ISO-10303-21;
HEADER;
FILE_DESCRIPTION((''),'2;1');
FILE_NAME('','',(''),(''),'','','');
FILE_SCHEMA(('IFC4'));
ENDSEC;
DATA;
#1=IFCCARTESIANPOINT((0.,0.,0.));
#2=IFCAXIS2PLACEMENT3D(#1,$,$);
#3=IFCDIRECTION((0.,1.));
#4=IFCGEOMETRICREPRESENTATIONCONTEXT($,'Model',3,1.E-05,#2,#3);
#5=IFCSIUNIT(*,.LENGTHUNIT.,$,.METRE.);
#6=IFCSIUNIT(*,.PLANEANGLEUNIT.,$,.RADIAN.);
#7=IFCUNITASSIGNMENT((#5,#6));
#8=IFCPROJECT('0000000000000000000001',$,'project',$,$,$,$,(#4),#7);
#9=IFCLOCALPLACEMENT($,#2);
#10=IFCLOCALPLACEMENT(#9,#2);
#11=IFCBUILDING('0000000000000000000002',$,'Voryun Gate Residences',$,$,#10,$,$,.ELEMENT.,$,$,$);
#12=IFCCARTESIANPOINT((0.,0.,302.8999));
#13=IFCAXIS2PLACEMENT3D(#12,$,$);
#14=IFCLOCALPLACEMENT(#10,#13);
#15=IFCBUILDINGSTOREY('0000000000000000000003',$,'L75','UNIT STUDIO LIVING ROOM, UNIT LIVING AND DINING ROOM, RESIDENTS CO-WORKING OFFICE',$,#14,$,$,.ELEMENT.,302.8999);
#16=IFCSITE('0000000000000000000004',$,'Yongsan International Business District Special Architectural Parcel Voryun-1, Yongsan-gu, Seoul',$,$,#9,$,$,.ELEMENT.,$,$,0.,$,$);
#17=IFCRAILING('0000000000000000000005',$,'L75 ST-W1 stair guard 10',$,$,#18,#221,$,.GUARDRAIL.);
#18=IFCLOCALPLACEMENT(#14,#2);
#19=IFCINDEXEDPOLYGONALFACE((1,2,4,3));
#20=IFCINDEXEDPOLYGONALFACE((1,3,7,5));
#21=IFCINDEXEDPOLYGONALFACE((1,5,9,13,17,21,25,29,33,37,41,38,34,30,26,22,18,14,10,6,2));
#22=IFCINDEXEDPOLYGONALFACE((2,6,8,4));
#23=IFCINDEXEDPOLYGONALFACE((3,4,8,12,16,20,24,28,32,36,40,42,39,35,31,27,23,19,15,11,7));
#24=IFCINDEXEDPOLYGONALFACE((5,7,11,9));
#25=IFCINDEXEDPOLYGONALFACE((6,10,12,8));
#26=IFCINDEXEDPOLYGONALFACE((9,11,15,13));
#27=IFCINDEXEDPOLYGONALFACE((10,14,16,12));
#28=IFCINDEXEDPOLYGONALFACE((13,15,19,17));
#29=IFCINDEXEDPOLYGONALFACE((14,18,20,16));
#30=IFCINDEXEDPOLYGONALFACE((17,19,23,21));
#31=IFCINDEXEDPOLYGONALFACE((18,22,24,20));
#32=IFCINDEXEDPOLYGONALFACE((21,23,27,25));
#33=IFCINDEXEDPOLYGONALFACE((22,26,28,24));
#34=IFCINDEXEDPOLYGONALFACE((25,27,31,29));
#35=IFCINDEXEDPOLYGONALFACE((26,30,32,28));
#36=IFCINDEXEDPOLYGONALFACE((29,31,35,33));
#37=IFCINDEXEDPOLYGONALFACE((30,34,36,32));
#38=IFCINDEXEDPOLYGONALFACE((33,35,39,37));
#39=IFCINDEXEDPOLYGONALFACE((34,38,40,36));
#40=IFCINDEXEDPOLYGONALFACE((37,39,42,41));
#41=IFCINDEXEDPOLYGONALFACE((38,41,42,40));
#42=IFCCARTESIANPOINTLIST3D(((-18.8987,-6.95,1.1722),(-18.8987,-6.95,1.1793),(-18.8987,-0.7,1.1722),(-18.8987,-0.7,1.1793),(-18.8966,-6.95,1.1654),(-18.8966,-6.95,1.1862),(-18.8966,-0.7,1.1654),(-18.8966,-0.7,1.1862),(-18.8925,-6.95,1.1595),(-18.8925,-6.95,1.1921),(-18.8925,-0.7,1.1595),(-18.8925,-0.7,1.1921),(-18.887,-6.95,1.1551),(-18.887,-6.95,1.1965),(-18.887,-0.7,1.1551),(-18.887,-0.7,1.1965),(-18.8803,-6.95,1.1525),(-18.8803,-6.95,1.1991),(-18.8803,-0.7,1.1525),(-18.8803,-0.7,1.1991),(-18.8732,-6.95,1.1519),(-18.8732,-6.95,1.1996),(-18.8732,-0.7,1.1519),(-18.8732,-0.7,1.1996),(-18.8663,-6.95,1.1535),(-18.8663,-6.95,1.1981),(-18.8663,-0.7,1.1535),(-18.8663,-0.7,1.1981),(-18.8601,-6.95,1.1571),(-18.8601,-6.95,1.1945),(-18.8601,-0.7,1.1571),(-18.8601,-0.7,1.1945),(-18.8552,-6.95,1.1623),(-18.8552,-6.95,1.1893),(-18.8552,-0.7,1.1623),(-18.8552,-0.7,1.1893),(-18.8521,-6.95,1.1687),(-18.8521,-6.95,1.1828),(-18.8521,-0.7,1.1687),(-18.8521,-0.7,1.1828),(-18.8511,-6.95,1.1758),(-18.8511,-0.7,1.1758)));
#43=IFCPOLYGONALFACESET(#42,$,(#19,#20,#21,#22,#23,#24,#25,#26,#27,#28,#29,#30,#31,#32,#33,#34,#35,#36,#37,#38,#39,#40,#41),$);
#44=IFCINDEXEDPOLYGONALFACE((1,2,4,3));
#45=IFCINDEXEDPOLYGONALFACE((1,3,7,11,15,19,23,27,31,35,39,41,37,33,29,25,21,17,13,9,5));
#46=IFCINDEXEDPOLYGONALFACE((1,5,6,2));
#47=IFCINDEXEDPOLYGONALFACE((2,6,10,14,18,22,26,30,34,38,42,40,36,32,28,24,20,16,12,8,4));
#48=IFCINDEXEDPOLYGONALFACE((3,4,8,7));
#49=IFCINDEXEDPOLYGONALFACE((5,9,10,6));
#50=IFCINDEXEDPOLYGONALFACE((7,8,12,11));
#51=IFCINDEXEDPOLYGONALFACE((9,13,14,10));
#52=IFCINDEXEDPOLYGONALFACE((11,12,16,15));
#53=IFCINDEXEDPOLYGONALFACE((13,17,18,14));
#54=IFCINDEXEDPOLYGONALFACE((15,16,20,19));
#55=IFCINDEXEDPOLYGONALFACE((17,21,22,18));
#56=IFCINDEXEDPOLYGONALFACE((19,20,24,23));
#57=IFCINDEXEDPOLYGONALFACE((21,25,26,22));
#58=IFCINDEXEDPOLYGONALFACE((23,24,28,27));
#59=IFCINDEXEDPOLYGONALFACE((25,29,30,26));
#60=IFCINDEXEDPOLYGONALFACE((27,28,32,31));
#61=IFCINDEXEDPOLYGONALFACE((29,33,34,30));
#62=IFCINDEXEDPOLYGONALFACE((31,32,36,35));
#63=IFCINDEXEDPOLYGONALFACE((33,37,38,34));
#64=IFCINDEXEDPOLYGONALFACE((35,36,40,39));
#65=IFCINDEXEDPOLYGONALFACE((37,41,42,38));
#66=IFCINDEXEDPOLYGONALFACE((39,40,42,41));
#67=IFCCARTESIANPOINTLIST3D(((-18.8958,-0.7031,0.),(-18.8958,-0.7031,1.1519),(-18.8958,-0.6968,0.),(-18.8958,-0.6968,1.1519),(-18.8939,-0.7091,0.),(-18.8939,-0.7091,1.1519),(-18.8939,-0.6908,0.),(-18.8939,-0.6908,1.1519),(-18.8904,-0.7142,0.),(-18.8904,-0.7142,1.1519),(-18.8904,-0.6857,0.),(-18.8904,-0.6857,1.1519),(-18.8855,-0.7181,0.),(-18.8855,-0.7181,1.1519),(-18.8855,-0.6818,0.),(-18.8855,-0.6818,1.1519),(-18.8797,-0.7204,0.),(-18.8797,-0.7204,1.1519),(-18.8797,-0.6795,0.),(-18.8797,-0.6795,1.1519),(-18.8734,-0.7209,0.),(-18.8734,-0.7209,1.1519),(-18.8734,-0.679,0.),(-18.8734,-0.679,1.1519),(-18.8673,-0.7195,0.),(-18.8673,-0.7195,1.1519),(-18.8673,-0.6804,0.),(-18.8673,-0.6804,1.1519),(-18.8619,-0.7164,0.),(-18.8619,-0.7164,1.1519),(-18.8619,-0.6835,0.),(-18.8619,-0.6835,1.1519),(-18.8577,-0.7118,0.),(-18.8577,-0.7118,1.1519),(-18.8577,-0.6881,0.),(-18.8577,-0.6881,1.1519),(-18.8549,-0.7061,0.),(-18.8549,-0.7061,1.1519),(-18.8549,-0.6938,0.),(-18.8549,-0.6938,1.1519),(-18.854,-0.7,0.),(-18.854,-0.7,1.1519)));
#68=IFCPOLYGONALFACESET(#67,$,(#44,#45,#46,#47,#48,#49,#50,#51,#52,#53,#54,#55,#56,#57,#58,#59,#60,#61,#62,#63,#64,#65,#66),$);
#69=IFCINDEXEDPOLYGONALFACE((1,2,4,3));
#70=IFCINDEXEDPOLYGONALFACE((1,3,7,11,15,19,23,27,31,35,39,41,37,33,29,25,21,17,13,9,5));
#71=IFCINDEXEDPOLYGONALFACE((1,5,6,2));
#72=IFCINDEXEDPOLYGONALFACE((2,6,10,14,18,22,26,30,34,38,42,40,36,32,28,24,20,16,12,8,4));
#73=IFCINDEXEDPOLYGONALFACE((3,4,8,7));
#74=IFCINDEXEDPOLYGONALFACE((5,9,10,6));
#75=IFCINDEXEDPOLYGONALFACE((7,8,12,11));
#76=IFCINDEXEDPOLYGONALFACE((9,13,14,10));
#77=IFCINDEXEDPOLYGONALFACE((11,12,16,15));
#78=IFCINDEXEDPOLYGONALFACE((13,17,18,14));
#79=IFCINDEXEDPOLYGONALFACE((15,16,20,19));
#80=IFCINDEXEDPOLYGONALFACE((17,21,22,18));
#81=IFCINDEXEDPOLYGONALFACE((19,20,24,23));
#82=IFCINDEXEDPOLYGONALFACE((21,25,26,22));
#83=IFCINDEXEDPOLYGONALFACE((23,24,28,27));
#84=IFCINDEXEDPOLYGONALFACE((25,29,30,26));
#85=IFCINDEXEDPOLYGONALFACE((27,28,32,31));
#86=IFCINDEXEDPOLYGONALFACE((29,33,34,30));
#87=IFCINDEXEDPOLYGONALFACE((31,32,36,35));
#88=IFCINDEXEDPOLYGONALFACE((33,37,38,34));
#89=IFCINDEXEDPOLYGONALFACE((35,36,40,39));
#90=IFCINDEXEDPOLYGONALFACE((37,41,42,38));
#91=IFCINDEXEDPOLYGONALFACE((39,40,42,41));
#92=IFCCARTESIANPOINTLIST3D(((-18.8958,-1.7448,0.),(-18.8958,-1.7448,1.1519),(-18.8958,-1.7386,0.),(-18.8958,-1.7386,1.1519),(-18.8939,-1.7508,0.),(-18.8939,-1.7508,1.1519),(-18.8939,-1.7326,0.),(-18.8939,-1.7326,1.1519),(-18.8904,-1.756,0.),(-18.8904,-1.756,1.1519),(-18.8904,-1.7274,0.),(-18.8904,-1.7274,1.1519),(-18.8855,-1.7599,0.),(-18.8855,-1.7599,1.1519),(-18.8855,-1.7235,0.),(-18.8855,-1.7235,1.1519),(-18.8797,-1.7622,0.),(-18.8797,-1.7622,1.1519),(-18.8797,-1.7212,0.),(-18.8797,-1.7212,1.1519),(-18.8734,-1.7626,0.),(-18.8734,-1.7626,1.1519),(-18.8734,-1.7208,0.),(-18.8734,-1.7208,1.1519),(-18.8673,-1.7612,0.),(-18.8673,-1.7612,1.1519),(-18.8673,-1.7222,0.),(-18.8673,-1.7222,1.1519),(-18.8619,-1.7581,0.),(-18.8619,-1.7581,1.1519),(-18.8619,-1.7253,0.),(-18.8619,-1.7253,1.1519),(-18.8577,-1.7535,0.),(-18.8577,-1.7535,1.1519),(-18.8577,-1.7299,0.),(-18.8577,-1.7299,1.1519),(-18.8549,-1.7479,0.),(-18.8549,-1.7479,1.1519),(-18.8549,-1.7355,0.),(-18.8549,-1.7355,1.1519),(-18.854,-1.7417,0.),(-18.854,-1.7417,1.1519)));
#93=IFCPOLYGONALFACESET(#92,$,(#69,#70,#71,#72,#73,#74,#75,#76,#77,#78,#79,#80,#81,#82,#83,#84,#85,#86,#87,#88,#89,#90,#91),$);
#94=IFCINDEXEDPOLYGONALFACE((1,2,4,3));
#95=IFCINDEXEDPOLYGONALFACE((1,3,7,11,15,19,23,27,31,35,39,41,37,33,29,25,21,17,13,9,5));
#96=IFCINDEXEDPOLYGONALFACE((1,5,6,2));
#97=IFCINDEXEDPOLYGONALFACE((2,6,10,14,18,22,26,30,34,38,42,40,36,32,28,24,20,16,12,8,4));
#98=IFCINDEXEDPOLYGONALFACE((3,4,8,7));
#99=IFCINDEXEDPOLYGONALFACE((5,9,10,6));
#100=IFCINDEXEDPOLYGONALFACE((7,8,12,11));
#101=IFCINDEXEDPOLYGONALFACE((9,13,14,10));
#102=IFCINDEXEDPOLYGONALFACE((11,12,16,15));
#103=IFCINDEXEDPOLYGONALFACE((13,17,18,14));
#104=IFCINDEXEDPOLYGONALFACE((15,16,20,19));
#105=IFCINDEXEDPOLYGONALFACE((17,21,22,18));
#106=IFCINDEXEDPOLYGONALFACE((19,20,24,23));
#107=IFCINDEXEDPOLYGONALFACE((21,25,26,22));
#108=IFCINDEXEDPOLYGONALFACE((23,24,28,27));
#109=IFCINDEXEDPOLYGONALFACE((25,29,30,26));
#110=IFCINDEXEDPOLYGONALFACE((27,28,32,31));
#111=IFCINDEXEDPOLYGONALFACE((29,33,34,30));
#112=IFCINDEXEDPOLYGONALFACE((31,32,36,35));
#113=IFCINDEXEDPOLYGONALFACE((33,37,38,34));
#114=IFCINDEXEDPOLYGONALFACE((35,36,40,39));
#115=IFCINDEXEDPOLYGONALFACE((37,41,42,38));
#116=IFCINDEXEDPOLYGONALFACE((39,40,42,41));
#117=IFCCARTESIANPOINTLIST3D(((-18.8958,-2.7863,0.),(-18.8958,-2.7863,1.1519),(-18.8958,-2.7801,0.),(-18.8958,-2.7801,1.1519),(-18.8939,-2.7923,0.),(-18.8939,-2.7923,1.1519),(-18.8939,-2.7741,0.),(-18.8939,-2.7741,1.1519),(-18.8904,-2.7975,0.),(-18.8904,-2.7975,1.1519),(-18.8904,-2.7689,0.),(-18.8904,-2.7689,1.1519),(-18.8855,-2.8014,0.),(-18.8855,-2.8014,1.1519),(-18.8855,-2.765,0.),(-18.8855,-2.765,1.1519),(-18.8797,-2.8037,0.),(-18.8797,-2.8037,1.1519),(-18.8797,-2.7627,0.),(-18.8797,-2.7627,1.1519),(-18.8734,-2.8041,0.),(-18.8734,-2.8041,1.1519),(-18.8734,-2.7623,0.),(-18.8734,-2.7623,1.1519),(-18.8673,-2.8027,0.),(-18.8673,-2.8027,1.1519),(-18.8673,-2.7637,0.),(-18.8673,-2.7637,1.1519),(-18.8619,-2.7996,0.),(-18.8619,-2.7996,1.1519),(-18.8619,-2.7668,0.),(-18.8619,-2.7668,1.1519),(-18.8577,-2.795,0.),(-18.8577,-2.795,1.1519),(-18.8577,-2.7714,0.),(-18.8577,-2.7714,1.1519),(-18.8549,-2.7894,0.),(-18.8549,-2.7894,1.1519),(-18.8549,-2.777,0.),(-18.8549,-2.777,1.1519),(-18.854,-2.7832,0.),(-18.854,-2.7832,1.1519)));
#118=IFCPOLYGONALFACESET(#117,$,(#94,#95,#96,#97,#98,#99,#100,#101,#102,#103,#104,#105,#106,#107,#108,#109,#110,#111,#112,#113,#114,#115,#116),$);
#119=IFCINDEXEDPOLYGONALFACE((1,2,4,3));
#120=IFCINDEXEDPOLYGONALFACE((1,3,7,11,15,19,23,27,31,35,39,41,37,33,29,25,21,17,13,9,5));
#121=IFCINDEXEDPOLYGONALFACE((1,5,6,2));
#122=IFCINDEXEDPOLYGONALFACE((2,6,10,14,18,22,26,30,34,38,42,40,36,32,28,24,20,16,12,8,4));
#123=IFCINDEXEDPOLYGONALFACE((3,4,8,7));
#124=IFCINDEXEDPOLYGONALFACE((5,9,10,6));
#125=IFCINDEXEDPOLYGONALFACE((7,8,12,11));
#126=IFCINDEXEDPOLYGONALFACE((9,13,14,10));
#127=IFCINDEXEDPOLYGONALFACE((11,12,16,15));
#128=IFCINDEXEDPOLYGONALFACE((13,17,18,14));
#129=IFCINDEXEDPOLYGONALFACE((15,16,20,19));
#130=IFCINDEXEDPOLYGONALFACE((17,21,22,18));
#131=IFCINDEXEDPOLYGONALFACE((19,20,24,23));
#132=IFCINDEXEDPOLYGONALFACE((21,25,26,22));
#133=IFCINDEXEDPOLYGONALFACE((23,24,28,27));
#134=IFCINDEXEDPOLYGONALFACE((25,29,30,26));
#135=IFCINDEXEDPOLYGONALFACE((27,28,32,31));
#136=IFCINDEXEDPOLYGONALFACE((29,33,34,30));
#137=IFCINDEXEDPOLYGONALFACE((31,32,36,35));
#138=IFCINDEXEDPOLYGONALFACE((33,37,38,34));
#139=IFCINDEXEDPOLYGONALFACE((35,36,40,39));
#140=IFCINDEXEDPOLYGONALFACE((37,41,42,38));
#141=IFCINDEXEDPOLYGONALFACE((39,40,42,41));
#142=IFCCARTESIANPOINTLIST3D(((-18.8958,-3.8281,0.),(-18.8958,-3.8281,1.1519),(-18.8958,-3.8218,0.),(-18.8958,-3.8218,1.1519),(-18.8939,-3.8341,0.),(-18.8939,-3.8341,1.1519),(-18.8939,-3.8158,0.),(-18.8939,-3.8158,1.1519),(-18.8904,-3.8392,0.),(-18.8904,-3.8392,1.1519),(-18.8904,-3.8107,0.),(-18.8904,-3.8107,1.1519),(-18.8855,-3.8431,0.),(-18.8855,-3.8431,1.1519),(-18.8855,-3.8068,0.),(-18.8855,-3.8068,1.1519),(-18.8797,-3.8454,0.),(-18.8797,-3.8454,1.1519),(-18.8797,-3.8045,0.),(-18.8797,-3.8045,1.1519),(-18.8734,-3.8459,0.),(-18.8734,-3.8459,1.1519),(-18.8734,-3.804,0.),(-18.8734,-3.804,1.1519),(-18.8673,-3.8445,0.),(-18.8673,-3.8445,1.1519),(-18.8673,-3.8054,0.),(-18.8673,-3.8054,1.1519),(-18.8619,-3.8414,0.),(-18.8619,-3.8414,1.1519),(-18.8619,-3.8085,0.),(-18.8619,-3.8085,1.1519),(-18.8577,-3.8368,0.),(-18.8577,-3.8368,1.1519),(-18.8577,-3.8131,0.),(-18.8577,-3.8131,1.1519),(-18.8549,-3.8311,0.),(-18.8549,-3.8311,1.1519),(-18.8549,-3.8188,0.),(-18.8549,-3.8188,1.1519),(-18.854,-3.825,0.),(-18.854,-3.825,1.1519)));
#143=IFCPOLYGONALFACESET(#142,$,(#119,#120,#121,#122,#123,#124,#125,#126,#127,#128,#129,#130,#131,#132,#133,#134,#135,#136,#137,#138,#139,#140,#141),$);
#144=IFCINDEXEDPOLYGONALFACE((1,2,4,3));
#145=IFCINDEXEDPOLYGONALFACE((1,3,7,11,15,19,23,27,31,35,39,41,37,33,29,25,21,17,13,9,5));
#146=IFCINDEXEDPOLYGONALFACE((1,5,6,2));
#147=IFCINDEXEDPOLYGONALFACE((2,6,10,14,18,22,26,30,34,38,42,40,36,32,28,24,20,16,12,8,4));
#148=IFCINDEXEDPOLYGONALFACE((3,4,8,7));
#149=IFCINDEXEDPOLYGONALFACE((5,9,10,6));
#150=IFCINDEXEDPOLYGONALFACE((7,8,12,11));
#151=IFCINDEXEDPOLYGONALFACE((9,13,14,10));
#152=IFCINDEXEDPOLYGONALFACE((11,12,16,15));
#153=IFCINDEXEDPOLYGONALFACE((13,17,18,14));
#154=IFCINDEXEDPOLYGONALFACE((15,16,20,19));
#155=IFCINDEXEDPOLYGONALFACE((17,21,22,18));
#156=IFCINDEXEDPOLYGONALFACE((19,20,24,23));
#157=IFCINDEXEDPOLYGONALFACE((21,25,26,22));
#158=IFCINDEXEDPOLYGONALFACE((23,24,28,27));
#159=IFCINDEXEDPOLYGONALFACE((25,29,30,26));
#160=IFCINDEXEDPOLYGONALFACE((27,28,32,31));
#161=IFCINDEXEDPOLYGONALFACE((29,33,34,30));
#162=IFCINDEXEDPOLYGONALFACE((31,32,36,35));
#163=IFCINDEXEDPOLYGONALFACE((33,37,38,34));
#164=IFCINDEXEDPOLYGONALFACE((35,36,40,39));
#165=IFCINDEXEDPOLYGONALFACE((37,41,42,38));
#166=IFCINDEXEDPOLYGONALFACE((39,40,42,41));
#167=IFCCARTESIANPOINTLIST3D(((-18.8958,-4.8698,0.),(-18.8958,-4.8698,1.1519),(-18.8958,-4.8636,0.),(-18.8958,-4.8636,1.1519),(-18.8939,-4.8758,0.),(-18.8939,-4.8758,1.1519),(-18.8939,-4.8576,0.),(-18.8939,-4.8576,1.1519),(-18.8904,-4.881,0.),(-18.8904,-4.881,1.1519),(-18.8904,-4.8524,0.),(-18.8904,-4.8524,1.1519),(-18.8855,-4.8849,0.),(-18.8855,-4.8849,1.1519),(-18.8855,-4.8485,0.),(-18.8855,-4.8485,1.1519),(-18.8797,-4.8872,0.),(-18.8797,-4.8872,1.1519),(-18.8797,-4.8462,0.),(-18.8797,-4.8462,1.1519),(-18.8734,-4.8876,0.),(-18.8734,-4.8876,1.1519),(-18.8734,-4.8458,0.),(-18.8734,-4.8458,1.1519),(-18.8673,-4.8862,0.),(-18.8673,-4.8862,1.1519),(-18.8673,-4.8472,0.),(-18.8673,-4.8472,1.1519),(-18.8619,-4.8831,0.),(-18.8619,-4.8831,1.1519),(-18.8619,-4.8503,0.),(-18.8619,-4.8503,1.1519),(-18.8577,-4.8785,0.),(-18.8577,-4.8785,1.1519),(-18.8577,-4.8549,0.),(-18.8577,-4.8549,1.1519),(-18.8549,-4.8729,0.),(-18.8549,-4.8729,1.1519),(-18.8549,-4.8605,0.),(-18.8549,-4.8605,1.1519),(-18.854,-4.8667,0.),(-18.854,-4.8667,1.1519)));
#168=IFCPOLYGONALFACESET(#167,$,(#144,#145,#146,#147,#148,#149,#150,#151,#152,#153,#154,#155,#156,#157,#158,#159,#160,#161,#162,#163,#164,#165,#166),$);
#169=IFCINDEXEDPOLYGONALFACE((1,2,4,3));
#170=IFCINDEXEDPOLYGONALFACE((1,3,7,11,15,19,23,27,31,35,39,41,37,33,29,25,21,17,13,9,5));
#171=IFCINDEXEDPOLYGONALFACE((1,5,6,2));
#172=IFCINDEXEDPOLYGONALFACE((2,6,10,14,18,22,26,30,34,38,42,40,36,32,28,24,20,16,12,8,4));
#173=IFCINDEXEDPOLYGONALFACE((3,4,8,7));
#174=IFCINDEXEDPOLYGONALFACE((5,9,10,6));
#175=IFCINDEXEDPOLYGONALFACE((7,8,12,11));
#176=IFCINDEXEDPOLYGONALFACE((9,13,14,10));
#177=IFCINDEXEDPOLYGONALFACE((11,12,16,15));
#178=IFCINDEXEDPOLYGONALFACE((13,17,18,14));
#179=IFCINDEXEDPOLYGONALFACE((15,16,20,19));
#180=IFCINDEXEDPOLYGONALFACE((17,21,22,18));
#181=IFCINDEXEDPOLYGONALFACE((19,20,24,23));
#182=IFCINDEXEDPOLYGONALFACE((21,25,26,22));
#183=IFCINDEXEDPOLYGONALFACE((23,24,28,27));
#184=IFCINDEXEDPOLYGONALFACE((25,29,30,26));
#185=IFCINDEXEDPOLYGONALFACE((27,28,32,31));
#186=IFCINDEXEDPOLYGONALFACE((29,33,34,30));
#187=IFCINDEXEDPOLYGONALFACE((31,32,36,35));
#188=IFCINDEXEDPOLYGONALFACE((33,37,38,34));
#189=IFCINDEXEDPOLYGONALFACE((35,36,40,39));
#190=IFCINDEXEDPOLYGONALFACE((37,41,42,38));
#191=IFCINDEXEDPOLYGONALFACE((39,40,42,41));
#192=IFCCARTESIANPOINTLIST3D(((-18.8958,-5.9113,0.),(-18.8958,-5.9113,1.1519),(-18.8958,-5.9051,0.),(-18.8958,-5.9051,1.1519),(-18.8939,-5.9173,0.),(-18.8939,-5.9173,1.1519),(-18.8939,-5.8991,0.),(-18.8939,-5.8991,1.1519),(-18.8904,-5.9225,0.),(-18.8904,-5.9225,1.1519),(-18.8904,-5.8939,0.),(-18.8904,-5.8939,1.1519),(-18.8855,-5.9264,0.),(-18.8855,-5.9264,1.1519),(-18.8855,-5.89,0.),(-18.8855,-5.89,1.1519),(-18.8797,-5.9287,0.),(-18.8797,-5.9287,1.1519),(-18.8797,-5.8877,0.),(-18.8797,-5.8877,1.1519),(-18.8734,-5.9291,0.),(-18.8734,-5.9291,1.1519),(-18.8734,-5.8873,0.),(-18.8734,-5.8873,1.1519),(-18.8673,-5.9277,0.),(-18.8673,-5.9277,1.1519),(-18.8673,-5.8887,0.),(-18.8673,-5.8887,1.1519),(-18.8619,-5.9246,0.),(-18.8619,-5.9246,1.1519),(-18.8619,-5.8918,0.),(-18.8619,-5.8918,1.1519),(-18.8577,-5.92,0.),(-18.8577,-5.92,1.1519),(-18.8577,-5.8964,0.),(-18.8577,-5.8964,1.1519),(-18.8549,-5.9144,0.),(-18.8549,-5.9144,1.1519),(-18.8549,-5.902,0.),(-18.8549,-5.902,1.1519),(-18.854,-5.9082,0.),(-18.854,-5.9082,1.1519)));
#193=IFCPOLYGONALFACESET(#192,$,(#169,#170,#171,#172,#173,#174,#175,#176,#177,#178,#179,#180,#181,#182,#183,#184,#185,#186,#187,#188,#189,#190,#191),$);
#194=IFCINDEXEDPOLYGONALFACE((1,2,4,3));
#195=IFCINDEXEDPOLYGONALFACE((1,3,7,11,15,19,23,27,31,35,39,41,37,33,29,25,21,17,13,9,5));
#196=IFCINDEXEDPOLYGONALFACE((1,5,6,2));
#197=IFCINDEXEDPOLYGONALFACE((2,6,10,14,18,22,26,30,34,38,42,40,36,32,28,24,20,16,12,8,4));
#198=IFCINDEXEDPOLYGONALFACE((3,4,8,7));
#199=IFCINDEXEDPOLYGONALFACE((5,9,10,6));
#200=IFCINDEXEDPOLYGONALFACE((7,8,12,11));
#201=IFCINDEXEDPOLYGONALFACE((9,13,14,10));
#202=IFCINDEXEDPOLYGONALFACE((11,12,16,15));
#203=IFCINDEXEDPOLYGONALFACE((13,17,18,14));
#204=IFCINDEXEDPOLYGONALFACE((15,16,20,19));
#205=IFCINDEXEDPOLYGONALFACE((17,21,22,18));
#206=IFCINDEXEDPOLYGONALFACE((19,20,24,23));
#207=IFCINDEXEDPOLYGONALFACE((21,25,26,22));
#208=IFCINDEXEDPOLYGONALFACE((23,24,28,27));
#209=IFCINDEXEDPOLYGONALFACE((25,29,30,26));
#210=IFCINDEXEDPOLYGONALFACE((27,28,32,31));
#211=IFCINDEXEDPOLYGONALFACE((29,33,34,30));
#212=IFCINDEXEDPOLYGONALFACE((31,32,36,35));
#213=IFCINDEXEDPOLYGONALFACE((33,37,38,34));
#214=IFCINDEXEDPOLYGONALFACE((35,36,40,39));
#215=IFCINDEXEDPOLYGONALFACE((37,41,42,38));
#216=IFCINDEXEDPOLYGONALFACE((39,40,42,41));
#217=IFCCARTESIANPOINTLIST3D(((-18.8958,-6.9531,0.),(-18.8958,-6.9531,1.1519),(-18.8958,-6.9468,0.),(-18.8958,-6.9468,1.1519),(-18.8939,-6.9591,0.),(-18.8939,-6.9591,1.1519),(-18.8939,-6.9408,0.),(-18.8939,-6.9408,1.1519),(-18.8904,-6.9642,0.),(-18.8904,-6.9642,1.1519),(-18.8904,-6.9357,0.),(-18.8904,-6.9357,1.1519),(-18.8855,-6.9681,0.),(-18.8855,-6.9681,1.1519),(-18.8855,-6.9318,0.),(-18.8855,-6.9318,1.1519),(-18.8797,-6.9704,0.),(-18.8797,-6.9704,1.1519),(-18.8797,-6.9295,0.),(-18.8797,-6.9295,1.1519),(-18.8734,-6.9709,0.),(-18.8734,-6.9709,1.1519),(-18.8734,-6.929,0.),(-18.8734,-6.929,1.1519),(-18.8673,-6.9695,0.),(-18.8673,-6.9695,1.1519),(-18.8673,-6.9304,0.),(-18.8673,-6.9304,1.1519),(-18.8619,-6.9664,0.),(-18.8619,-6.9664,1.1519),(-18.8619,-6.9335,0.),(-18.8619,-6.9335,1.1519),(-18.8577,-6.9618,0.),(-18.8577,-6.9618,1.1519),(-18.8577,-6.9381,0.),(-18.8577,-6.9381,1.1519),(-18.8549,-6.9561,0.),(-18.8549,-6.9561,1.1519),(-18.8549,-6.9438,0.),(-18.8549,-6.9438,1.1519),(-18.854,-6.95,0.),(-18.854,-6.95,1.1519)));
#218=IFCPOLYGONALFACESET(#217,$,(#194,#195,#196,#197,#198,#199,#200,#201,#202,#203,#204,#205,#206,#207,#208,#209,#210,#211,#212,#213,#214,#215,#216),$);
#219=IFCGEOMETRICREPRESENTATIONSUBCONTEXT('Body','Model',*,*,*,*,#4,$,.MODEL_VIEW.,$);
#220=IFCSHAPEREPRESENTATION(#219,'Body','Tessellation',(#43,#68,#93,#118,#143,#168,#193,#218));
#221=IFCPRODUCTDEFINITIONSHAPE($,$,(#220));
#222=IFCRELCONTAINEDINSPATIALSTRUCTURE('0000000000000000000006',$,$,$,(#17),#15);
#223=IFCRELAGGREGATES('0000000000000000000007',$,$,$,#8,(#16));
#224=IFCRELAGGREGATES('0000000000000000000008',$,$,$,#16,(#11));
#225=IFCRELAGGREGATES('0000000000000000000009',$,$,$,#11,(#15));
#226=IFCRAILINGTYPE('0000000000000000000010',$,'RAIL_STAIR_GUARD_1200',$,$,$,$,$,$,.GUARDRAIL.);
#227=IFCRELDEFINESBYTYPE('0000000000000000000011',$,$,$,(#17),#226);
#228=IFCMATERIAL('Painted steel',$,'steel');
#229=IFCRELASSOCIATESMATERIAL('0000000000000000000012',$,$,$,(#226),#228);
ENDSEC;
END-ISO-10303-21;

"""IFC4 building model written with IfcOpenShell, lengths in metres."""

from ifc_helpers import new_model, si_unit, direction, frame, origin, origin_2d, place, context, subcontext, project, spatial, circle, extrude, material, type_object, element, save


model = new_model("IFC4")

# Units and contexts
model_context = context("Model", 3, precision=1e-05, world=origin(), true_north=direction((0.0, 1.0)))
body_context = subcontext(model_context, "Body", "Model", "MODEL_VIEW")
ifc_project = project(units=[si_unit("LENGTHUNIT", "METRE"), si_unit("PLANEANGLEUNIT", "RADIAN")], contexts=[model_context])

# Site, building, storey
site_placement = place(None, origin())
site = spatial("IfcSite", under=ifc_project, at=site_placement, Name="Yongsan International Business District Special Architectural Parcel Voryun-1, Yongsan-gu, Seoul", CompositionType="ELEMENT", RefElevation=0.0)
building_placement = place(site_placement, origin())
building = spatial("IfcBuilding", under=site, at=building_placement, Name="Voryun Gate Residences", CompositionType="ELEMENT")
storey_placement = place(building_placement, frame((0.0, 0.0, 302.8999)))
storey = spatial("IfcBuildingStorey", under=building, at=storey_placement, Name="L75", Description="UNIT STUDIO LIVING ROOM, UNIT LIVING AND DINING ROOM, RESIDENTS CO-WORKING OFFICE", CompositionType="ELEMENT", Elevation=302.8999)

# Railing
ifc_material_1 = material(Name="Painted steel", Category="steel")
railing_type = type_object("IfcRailingType", Name="RAIL_STAIR_GUARD_1200", PredefinedType="GUARDRAIL", material=ifc_material_1)
railing_1_placement = place(storey_placement, frame((-18.875, -0.7, 0.0)))
element("IfcRailing", 1, at=railing_1_placement, inside=storey, type_object=railing_type, Name="L75 ST-W1 stair guard 10", PredefinedType="GUARDRAIL", context=body_context, shape_type="SweptSolid", body=[
    extrude(circle(Radius=0.0239, at=origin_2d()), frame((0.0, 0.0, 1.1758), z_axis=(0.0, -1.0, 0.0), x_axis=(1.0, 0.0, 0.0)), (0.0, 0.0, 1.0), 6.25),
    extrude(circle(Radius=0.021, at=origin_2d()), origin(), (0.0, 0.0, 1.0), 1.1519),
    extrude(circle(Radius=0.021, at=origin_2d()), frame((0.0, -1.0417, 0.0)), (0.0, 0.0, 1.0), 1.1519),
    extrude(circle(Radius=0.021, at=origin_2d()), frame((0.0, -2.0833, 0.0)), (0.0, 0.0, 1.0), 1.1519),
    extrude(circle(Radius=0.021, at=origin_2d()), frame((0.0, -3.125, 0.0)), (0.0, 0.0, 1.0), 1.1519),
    extrude(circle(Radius=0.021, at=origin_2d()), frame((0.0, -4.1667, 0.0)), (0.0, 0.0, 1.0), 1.1519),
    extrude(circle(Radius=0.021, at=origin_2d()), frame((0.0, -5.2083, 0.0)), (0.0, 0.0, 1.0), 1.1519),
    extrude(circle(Radius=0.021, at=origin_2d()), frame((0.0, -6.25, 0.0)), (0.0, 0.0, 1.0), 1.1519),
])

save(model, "model.ifc")
